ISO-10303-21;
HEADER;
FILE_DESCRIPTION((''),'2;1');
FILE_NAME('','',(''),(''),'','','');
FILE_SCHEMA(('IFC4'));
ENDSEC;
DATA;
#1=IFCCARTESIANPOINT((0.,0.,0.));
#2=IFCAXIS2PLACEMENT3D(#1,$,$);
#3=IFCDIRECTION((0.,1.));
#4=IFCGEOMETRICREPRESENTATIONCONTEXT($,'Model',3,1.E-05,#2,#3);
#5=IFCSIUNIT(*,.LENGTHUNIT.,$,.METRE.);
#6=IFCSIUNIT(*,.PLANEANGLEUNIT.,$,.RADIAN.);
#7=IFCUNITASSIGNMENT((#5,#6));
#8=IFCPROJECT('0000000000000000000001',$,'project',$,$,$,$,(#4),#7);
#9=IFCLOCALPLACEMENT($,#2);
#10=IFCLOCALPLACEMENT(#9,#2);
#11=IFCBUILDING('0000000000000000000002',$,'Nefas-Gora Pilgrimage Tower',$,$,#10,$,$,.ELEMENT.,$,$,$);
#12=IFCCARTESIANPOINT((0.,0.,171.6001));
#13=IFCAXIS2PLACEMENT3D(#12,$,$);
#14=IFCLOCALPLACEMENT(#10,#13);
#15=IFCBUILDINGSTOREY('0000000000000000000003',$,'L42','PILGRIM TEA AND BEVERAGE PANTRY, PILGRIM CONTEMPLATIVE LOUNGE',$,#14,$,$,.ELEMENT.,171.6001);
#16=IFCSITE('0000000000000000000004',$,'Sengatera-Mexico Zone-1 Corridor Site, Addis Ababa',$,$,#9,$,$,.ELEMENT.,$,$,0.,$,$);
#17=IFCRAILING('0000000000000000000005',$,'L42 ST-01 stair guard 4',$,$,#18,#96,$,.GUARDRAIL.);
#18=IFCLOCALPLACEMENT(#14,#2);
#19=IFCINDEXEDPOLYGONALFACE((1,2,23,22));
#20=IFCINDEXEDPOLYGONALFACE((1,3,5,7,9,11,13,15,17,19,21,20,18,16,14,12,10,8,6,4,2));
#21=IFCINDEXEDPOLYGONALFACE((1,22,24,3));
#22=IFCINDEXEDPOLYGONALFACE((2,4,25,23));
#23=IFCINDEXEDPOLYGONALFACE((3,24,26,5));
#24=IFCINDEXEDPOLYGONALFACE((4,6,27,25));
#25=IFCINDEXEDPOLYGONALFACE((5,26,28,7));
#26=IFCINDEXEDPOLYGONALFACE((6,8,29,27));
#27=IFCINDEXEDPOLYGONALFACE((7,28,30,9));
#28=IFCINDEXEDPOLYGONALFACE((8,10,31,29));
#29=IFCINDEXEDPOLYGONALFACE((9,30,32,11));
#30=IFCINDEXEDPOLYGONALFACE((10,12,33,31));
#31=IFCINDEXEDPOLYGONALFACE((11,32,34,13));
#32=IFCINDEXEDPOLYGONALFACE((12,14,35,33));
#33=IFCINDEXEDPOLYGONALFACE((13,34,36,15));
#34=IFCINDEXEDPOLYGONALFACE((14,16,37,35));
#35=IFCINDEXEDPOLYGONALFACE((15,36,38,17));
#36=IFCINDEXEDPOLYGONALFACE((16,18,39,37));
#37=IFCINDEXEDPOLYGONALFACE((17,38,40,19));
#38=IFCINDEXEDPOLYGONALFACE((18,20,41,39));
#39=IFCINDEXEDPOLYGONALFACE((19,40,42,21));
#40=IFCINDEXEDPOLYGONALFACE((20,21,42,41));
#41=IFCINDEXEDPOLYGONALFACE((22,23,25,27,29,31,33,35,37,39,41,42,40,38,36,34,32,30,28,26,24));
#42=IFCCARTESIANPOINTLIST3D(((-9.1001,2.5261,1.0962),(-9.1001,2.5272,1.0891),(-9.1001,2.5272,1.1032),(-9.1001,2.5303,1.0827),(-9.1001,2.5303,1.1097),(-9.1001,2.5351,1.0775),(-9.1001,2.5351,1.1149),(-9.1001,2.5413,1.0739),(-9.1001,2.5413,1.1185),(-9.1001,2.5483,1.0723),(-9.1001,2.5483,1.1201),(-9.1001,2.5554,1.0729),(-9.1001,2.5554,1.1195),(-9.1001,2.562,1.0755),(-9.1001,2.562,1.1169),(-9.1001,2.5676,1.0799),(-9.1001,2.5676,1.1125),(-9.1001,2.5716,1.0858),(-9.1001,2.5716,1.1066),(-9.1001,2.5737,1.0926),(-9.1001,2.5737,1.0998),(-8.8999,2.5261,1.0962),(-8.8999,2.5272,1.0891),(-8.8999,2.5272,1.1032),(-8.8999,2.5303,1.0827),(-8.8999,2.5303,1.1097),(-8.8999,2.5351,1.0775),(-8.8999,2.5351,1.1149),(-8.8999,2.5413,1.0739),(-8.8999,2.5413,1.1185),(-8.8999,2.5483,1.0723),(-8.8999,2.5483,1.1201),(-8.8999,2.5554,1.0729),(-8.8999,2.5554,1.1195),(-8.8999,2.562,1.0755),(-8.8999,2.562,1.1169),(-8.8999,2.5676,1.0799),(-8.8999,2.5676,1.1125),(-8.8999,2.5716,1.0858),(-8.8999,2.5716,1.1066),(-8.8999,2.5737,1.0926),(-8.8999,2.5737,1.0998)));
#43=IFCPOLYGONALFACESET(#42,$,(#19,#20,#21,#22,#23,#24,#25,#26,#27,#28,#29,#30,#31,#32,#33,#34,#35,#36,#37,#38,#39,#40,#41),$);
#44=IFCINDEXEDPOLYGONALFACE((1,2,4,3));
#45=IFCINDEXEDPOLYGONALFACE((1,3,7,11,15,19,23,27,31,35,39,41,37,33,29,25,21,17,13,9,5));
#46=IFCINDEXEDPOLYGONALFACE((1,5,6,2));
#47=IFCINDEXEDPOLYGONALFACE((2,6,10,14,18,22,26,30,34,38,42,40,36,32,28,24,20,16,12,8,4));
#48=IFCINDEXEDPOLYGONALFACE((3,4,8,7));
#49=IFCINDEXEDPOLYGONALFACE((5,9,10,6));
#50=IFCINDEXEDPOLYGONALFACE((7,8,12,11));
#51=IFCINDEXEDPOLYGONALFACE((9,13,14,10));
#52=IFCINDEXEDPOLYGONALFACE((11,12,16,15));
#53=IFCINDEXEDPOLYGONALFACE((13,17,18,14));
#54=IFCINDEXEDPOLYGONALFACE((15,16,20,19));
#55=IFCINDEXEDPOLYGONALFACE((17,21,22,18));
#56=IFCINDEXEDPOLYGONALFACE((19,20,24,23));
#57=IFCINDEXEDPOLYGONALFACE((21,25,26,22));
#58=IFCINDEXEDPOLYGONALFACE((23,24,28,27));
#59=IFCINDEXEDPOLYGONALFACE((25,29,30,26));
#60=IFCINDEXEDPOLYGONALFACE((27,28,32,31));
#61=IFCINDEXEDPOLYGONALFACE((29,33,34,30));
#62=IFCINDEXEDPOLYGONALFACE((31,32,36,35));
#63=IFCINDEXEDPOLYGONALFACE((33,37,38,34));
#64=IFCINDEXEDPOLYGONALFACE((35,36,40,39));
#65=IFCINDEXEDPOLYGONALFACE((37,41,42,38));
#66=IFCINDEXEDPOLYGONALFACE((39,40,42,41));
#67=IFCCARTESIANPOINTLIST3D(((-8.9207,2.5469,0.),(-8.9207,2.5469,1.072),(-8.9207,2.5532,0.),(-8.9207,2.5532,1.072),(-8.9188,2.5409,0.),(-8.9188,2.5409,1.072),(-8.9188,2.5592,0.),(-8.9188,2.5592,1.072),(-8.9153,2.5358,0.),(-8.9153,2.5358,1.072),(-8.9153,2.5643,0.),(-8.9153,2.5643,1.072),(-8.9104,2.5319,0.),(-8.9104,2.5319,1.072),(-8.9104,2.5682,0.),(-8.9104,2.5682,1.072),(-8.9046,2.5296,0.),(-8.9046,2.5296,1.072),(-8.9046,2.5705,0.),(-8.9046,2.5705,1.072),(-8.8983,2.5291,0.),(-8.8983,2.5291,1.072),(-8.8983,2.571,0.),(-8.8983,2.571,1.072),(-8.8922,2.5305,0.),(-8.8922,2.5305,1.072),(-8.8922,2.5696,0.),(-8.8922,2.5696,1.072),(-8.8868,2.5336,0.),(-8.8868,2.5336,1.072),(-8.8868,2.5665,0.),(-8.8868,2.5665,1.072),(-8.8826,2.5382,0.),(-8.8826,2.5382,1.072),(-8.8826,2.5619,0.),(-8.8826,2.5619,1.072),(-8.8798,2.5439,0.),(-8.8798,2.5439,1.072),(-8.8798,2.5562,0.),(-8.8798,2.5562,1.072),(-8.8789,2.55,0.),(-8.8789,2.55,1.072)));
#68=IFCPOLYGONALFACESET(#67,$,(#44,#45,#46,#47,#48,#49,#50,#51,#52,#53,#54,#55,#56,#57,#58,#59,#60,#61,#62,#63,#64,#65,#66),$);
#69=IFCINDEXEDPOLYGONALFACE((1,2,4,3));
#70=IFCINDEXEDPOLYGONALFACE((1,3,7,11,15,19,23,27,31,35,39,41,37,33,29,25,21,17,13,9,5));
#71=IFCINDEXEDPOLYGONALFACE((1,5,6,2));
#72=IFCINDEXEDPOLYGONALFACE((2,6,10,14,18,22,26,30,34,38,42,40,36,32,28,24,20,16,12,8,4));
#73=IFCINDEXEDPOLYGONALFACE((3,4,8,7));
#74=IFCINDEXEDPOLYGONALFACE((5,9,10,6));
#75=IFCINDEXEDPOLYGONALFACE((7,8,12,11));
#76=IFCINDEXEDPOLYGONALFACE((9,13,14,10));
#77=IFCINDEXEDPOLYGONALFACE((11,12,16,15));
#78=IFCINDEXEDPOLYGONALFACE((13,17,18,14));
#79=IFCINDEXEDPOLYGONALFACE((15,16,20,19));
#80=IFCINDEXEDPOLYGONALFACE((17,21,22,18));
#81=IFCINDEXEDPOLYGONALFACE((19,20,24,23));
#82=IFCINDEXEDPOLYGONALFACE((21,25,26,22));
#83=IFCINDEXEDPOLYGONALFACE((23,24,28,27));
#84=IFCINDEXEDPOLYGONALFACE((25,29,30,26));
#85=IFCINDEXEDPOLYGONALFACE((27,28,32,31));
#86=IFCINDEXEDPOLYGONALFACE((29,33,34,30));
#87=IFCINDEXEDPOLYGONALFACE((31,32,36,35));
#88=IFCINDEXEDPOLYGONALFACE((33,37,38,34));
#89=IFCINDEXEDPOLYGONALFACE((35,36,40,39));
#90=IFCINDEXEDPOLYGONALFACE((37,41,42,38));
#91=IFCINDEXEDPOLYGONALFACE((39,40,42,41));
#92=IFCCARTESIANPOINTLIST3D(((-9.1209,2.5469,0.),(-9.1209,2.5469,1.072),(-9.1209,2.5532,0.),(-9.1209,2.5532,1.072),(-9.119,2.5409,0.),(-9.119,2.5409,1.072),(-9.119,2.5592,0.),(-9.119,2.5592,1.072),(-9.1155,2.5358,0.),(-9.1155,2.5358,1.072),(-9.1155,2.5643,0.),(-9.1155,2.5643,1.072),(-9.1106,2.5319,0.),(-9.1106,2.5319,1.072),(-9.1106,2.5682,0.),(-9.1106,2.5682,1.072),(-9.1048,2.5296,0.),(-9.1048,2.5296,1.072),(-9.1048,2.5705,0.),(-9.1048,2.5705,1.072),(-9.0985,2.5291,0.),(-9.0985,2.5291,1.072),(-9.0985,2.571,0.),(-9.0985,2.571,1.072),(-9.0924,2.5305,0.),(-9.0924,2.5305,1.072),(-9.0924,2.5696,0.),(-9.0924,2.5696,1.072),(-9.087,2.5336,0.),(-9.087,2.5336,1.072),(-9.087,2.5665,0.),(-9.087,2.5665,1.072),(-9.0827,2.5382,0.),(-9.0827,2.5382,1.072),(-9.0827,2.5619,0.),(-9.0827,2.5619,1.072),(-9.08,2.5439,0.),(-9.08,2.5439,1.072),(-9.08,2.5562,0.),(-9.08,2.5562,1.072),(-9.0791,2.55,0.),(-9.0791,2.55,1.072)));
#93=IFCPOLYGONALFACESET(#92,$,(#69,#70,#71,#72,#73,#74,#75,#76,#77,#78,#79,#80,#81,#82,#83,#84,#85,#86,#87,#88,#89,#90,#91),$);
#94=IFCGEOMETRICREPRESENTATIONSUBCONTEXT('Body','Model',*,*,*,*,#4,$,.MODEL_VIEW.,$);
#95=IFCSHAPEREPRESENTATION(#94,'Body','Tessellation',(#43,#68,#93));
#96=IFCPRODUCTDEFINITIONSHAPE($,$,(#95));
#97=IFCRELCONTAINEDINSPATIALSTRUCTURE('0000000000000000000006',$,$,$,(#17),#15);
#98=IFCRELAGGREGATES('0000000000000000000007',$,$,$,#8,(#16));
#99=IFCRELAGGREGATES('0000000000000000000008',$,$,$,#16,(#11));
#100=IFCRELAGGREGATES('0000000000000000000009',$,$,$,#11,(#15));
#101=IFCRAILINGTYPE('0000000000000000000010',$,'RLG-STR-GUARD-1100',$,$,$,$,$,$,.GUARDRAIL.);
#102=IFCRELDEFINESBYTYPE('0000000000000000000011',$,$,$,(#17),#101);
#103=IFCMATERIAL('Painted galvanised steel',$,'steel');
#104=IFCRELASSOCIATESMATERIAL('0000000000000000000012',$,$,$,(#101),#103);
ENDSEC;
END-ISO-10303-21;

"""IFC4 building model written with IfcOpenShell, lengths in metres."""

from ifc_helpers import new_model, si_unit, direction, frame, origin, origin_2d, place, context, subcontext, project, spatial, circle, extrude, material, type_object, element, save


model = new_model("IFC4")

# Units and contexts
model_context = context("Model", 3, precision=1e-05, world=origin(), true_north=direction((0.0, 1.0)))
body_context = subcontext(model_context, "Body", "Model", "MODEL_VIEW")
ifc_project = project(units=[si_unit("LENGTHUNIT", "METRE"), si_unit("PLANEANGLEUNIT", "RADIAN")], contexts=[model_context])

# Site, building, storey
site_placement = place(None, origin())
site = spatial("IfcSite", under=ifc_project, at=site_placement, Name="Sengatera-Mexico Zone-1 Corridor Site, Addis Ababa", CompositionType="ELEMENT", RefElevation=0.0)
building_placement = place(site_placement, origin())
building = spatial("IfcBuilding", under=site, at=building_placement, Name="Nefas-Gora Pilgrimage Tower", CompositionType="ELEMENT")
storey_placement = place(building_placement, frame((0.0, 0.0, 171.6001)))
storey = spatial("IfcBuildingStorey", under=building, at=storey_placement, Name="L42", Description="PILGRIM TEA AND BEVERAGE PANTRY, PILGRIM CONTEMPLATIVE LOUNGE", CompositionType="ELEMENT", Elevation=171.6001)

# Railing
ifc_material_1 = material(Name="Painted galvanised steel", Category="steel")
railing_type_1 = type_object("IfcRailingType", Name="RLG-STR-GUARD-1100", PredefinedType="GUARDRAIL", material=ifc_material_1)
railing_1_placement = place(storey_placement, frame((-8.8999, 2.55, 0.0)))
element("IfcRailing", 1, at=railing_1_placement, inside=storey, type_object=railing_type_1, Name="L42 ST-01 stair guard 4", PredefinedType="GUARDRAIL", context=body_context, shape_type="SweptSolid", body=[
    extrude(circle(Radius=0.0239, at=origin_2d()), frame((0.0, 0.0, 1.0962), z_axis=(-1.0, 0.0, 0.0), x_axis=(0.0, -1.0, 0.0)), (0.0, 0.0, 1.0), 0.2002),
    extrude(circle(Radius=0.021, at=origin_2d()), origin(), (0.0, 0.0, 1.0), 1.072),
    extrude(circle(Radius=0.021, at=origin_2d()), frame((-0.2002, 0.0, 0.0)), (0.0, 0.0, 1.0), 1.072),
])

save(model, "model.ifc")
